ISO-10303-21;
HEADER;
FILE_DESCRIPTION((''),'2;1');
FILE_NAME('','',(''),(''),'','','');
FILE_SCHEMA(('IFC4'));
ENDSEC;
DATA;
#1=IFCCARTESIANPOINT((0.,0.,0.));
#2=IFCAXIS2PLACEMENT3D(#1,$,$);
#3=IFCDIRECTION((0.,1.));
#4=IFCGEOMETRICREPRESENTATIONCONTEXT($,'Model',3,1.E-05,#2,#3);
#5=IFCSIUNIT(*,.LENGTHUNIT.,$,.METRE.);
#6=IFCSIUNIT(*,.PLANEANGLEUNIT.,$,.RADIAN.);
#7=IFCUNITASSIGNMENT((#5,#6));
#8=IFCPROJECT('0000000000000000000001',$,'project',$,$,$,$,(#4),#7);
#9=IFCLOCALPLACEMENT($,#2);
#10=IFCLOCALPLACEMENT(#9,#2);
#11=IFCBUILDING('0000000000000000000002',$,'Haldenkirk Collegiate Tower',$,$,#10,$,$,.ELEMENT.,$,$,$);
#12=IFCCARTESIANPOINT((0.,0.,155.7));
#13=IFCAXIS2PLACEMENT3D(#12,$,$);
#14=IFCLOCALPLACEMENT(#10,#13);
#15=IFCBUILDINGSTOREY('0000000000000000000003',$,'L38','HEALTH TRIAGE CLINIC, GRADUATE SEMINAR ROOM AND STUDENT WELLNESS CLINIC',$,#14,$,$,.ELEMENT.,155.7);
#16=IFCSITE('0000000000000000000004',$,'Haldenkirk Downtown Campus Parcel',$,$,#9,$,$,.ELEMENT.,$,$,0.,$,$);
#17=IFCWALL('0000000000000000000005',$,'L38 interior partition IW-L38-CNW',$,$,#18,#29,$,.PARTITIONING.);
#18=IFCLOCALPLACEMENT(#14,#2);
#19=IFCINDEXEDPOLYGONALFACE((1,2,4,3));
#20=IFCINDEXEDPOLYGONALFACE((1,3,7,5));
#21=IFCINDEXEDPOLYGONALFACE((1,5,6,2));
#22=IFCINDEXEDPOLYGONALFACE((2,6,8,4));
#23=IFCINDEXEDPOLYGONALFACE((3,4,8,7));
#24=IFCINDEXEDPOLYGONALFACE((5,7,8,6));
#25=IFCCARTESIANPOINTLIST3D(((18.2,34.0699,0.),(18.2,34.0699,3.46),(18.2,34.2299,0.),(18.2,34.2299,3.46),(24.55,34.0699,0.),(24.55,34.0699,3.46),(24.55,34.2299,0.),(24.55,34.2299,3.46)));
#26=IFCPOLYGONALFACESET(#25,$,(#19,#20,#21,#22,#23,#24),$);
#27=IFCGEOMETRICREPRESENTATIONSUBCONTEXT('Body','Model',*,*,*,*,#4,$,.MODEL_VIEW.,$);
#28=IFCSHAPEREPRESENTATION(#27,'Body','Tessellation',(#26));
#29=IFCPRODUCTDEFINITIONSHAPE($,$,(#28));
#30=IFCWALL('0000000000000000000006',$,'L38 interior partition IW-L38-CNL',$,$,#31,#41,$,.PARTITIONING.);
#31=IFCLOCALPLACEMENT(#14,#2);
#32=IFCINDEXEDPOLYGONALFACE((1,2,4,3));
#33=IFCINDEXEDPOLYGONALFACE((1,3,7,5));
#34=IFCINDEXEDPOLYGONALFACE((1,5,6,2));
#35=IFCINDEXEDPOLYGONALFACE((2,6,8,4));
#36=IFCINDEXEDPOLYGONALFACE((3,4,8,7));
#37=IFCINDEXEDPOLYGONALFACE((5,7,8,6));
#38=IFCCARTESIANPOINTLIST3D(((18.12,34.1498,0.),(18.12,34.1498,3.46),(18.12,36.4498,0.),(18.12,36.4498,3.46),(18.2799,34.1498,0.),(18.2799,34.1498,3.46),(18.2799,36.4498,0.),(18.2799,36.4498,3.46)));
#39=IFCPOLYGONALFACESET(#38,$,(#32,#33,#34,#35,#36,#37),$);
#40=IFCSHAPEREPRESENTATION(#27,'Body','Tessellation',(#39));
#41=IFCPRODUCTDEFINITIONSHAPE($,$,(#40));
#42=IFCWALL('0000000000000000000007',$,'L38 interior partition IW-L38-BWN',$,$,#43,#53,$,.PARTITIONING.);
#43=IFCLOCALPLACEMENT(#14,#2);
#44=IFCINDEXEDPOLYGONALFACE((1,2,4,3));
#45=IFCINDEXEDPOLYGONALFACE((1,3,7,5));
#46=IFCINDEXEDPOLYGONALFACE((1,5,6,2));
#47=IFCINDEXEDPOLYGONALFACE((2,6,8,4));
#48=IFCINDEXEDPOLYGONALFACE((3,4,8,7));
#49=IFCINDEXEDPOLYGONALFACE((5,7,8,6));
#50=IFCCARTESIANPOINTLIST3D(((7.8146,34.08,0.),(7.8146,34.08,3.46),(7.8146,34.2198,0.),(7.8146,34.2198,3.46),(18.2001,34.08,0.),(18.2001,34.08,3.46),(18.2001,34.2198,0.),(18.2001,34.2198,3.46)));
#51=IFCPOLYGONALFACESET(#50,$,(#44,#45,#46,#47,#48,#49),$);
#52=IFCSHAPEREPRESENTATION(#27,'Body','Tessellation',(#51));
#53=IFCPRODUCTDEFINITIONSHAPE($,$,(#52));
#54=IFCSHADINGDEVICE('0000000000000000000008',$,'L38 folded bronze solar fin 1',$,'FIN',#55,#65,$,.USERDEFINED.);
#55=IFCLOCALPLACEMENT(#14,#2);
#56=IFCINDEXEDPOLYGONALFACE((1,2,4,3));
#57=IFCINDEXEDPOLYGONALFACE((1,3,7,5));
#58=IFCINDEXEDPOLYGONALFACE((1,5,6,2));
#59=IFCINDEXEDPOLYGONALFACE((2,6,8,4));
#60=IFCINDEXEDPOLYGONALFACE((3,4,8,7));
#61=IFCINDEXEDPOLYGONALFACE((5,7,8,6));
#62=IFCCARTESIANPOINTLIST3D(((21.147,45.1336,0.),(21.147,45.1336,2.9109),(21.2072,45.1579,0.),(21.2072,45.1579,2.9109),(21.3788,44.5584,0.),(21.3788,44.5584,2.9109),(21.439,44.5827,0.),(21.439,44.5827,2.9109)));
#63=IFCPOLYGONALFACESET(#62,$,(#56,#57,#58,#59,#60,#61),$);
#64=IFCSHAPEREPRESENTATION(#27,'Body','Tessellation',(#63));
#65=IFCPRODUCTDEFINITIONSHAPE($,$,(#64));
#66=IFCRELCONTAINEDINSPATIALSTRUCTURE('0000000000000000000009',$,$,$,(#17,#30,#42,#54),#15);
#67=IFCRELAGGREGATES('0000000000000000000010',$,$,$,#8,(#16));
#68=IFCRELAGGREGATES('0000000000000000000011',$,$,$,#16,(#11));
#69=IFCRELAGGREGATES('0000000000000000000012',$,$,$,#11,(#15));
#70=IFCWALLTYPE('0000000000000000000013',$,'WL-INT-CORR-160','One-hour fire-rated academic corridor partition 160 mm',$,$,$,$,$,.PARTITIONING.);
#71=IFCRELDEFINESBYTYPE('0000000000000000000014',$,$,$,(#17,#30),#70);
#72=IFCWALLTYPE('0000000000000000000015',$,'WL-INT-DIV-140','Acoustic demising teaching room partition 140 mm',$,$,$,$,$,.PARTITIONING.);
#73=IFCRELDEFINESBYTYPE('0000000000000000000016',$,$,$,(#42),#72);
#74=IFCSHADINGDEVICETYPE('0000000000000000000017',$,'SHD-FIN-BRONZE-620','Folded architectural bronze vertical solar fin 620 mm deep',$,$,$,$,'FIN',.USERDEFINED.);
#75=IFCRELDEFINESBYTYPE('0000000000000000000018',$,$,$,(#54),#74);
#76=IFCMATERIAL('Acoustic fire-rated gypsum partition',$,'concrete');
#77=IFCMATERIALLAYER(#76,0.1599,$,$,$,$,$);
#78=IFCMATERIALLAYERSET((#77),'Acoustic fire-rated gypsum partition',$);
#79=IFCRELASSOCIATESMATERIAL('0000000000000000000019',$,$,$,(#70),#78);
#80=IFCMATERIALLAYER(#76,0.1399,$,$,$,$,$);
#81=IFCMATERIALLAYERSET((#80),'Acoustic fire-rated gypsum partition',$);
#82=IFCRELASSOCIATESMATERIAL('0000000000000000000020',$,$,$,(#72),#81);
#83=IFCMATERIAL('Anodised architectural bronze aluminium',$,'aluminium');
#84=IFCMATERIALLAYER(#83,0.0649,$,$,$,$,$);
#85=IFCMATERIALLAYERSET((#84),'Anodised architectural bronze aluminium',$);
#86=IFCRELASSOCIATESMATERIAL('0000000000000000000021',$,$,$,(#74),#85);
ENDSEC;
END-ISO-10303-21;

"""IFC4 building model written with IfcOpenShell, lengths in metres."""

from ifc_helpers import new_model, si_unit, direction, frame, frame_2d, origin, origin_2d, place, context, subcontext, project, spatial, rectangle, extrude, source, transform, mapped, material, layer, layer_set, type_object, element, save


model = new_model("IFC4")

# Units and contexts
model_context = context("Model", 3, precision=1e-05, world=origin(), true_north=direction((0.0, 1.0)))
body_context = subcontext(model_context, "Body", "Model", "MODEL_VIEW")
ifc_project = project(units=[si_unit("LENGTHUNIT", "METRE"), si_unit("PLANEANGLEUNIT", "RADIAN")], contexts=[model_context])

# Site, building, storey
site_placement = place(None, origin())
site = spatial("IfcSite", under=ifc_project, at=site_placement, Name="Haldenkirk Downtown Campus Parcel", CompositionType="ELEMENT", RefElevation=0.0)
building_placement = place(site_placement, origin())
building = spatial("IfcBuilding", under=site, at=building_placement, Name="Haldenkirk Collegiate Tower", CompositionType="ELEMENT")
storey_placement = place(building_placement, frame((0.0, 0.0, 155.7)))
storey = spatial("IfcBuildingStorey", under=building, at=storey_placement, Name="L38", Description="HEALTH TRIAGE CLINIC, GRADUATE SEMINAR ROOM AND STUDENT WELLNESS CLINIC", CompositionType="ELEMENT", Elevation=155.7)

# Shared definitions
ifc_material_1 = material(Name="Anodised architectural bronze aluminium", Category="aluminium")

# Shared definitions
ifc_material_2 = material(Name="Acoustic fire-rated gypsum partition", Category="concrete")
ifc_layer_1 = layer(ifc_material_2, 0.1599)
ifc_layer_set_1 = layer_set([ifc_layer_1], Name="Acoustic fire-rated gypsum partition")
wall_type_1 = type_object("IfcWallType", Name="WL-INT-CORR-160", Description="One-hour fire-rated academic corridor partition 160 mm", PredefinedType="PARTITIONING", material=ifc_layer_set_1)

# Walls
wall_1_placement = place(storey_placement, frame((18.2, 34.1499, 0.0), z_axis=(0.0, 0.0, 1.0), x_axis=(1.0, 0.0, 0.0)))
element("IfcWall", 1, at=wall_1_placement, inside=storey, type_object=wall_type_1, Name="L38 interior partition IW-L38-CNW", PredefinedType="PARTITIONING", context=body_context, shape_type="SweptSolid", body=[
    extrude(rectangle(XDim=6.3501, YDim=0.1599, at=frame_2d((3.175, 0.0))), origin(), (0.0, 0.0, 1.0), 3.46),
])
wall_2_placement = place(storey_placement, frame((18.2, 34.1499, 0.0), z_axis=(0.0, 0.0, 1.0), x_axis=(0.0, 1.0, 0.0)))
element("IfcWall", 2, at=wall_2_placement, inside=storey, type_object=wall_type_1, Name="L38 interior partition IW-L38-CNL", PredefinedType="PARTITIONING", context=body_context, shape_type="SweptSolid", body=[
    extrude(rectangle(XDim=2.3, YDim=0.1599, at=frame_2d((1.1499, 0.0))), origin(), (0.0, 0.0, 1.0), 3.46),
])
ifc_layer_2 = layer(ifc_material_2, 0.1399)
ifc_layer_set_2 = layer_set([ifc_layer_2], Name="Acoustic fire-rated gypsum partition")
wall_type_2 = type_object("IfcWallType", Name="WL-INT-DIV-140", Description="Acoustic demising teaching room partition 140 mm", PredefinedType="PARTITIONING", material=ifc_layer_set_2)
wall_3_placement = place(storey_placement, frame((7.8145, 34.1499, 0.0), z_axis=(0.0, 0.0, 1.0), x_axis=(1.0, 0.0, 0.0)))
element("IfcWall", 3, at=wall_3_placement, inside=storey, type_object=wall_type_2, Name="L38 interior partition IW-L38-BWN", PredefinedType="PARTITIONING", context=body_context, shape_type="SweptSolid", body=[
    extrude(rectangle(XDim=10.3855, YDim=0.1399, at=frame_2d((5.1929, 0.0))), origin(), (0.0, 0.0, 1.0), 3.46),
])

# Shading device
ifc_layer_3 = layer(ifc_material_1, 0.0649)
ifc_layer_set_3 = layer_set([ifc_layer_3], Name="Anodised architectural bronze aluminium")
shading_device_type = type_object("IfcShadingDeviceType", Name="SHD-FIN-BRONZE-620", Description="Folded architectural bronze vertical solar fin 620 mm deep", ElementType="FIN", PredefinedType="USERDEFINED", material=ifc_layer_set_3)
shared_shape_1 = source(origin(), body_context, "Body", "SweptSolid", [
    extrude(rectangle(XDim=0.6201, YDim=0.0649, at=origin_2d()), origin(), (0.0, 0.0, 1.0), 2.9109),
])
shading_device_placement = place(storey_placement, frame((21.293, 44.8582, 0.0), z_axis=(0.0, 0.0, 1.0), x_axis=(-0.373797, 0.92751, 0.0)))
element("IfcShadingDevice", 4, at=shading_device_placement, inside=storey, type_object=shading_device_type, Name="L38 folded bronze solar fin 1", ObjectType="FIN", PredefinedType="USERDEFINED", context=body_context, shape_type="MappedRepresentation", body=[
    mapped(shared_shape_1, transform((0.0, 0.0, 0.0), x_axis=(1.0, 0.0, 0.0), y_axis=(0.0, 1.0, 0.0), z_axis=(0.0, 0.0, 1.0), scale=1.0)),
])

save(model, "model.ifc")
